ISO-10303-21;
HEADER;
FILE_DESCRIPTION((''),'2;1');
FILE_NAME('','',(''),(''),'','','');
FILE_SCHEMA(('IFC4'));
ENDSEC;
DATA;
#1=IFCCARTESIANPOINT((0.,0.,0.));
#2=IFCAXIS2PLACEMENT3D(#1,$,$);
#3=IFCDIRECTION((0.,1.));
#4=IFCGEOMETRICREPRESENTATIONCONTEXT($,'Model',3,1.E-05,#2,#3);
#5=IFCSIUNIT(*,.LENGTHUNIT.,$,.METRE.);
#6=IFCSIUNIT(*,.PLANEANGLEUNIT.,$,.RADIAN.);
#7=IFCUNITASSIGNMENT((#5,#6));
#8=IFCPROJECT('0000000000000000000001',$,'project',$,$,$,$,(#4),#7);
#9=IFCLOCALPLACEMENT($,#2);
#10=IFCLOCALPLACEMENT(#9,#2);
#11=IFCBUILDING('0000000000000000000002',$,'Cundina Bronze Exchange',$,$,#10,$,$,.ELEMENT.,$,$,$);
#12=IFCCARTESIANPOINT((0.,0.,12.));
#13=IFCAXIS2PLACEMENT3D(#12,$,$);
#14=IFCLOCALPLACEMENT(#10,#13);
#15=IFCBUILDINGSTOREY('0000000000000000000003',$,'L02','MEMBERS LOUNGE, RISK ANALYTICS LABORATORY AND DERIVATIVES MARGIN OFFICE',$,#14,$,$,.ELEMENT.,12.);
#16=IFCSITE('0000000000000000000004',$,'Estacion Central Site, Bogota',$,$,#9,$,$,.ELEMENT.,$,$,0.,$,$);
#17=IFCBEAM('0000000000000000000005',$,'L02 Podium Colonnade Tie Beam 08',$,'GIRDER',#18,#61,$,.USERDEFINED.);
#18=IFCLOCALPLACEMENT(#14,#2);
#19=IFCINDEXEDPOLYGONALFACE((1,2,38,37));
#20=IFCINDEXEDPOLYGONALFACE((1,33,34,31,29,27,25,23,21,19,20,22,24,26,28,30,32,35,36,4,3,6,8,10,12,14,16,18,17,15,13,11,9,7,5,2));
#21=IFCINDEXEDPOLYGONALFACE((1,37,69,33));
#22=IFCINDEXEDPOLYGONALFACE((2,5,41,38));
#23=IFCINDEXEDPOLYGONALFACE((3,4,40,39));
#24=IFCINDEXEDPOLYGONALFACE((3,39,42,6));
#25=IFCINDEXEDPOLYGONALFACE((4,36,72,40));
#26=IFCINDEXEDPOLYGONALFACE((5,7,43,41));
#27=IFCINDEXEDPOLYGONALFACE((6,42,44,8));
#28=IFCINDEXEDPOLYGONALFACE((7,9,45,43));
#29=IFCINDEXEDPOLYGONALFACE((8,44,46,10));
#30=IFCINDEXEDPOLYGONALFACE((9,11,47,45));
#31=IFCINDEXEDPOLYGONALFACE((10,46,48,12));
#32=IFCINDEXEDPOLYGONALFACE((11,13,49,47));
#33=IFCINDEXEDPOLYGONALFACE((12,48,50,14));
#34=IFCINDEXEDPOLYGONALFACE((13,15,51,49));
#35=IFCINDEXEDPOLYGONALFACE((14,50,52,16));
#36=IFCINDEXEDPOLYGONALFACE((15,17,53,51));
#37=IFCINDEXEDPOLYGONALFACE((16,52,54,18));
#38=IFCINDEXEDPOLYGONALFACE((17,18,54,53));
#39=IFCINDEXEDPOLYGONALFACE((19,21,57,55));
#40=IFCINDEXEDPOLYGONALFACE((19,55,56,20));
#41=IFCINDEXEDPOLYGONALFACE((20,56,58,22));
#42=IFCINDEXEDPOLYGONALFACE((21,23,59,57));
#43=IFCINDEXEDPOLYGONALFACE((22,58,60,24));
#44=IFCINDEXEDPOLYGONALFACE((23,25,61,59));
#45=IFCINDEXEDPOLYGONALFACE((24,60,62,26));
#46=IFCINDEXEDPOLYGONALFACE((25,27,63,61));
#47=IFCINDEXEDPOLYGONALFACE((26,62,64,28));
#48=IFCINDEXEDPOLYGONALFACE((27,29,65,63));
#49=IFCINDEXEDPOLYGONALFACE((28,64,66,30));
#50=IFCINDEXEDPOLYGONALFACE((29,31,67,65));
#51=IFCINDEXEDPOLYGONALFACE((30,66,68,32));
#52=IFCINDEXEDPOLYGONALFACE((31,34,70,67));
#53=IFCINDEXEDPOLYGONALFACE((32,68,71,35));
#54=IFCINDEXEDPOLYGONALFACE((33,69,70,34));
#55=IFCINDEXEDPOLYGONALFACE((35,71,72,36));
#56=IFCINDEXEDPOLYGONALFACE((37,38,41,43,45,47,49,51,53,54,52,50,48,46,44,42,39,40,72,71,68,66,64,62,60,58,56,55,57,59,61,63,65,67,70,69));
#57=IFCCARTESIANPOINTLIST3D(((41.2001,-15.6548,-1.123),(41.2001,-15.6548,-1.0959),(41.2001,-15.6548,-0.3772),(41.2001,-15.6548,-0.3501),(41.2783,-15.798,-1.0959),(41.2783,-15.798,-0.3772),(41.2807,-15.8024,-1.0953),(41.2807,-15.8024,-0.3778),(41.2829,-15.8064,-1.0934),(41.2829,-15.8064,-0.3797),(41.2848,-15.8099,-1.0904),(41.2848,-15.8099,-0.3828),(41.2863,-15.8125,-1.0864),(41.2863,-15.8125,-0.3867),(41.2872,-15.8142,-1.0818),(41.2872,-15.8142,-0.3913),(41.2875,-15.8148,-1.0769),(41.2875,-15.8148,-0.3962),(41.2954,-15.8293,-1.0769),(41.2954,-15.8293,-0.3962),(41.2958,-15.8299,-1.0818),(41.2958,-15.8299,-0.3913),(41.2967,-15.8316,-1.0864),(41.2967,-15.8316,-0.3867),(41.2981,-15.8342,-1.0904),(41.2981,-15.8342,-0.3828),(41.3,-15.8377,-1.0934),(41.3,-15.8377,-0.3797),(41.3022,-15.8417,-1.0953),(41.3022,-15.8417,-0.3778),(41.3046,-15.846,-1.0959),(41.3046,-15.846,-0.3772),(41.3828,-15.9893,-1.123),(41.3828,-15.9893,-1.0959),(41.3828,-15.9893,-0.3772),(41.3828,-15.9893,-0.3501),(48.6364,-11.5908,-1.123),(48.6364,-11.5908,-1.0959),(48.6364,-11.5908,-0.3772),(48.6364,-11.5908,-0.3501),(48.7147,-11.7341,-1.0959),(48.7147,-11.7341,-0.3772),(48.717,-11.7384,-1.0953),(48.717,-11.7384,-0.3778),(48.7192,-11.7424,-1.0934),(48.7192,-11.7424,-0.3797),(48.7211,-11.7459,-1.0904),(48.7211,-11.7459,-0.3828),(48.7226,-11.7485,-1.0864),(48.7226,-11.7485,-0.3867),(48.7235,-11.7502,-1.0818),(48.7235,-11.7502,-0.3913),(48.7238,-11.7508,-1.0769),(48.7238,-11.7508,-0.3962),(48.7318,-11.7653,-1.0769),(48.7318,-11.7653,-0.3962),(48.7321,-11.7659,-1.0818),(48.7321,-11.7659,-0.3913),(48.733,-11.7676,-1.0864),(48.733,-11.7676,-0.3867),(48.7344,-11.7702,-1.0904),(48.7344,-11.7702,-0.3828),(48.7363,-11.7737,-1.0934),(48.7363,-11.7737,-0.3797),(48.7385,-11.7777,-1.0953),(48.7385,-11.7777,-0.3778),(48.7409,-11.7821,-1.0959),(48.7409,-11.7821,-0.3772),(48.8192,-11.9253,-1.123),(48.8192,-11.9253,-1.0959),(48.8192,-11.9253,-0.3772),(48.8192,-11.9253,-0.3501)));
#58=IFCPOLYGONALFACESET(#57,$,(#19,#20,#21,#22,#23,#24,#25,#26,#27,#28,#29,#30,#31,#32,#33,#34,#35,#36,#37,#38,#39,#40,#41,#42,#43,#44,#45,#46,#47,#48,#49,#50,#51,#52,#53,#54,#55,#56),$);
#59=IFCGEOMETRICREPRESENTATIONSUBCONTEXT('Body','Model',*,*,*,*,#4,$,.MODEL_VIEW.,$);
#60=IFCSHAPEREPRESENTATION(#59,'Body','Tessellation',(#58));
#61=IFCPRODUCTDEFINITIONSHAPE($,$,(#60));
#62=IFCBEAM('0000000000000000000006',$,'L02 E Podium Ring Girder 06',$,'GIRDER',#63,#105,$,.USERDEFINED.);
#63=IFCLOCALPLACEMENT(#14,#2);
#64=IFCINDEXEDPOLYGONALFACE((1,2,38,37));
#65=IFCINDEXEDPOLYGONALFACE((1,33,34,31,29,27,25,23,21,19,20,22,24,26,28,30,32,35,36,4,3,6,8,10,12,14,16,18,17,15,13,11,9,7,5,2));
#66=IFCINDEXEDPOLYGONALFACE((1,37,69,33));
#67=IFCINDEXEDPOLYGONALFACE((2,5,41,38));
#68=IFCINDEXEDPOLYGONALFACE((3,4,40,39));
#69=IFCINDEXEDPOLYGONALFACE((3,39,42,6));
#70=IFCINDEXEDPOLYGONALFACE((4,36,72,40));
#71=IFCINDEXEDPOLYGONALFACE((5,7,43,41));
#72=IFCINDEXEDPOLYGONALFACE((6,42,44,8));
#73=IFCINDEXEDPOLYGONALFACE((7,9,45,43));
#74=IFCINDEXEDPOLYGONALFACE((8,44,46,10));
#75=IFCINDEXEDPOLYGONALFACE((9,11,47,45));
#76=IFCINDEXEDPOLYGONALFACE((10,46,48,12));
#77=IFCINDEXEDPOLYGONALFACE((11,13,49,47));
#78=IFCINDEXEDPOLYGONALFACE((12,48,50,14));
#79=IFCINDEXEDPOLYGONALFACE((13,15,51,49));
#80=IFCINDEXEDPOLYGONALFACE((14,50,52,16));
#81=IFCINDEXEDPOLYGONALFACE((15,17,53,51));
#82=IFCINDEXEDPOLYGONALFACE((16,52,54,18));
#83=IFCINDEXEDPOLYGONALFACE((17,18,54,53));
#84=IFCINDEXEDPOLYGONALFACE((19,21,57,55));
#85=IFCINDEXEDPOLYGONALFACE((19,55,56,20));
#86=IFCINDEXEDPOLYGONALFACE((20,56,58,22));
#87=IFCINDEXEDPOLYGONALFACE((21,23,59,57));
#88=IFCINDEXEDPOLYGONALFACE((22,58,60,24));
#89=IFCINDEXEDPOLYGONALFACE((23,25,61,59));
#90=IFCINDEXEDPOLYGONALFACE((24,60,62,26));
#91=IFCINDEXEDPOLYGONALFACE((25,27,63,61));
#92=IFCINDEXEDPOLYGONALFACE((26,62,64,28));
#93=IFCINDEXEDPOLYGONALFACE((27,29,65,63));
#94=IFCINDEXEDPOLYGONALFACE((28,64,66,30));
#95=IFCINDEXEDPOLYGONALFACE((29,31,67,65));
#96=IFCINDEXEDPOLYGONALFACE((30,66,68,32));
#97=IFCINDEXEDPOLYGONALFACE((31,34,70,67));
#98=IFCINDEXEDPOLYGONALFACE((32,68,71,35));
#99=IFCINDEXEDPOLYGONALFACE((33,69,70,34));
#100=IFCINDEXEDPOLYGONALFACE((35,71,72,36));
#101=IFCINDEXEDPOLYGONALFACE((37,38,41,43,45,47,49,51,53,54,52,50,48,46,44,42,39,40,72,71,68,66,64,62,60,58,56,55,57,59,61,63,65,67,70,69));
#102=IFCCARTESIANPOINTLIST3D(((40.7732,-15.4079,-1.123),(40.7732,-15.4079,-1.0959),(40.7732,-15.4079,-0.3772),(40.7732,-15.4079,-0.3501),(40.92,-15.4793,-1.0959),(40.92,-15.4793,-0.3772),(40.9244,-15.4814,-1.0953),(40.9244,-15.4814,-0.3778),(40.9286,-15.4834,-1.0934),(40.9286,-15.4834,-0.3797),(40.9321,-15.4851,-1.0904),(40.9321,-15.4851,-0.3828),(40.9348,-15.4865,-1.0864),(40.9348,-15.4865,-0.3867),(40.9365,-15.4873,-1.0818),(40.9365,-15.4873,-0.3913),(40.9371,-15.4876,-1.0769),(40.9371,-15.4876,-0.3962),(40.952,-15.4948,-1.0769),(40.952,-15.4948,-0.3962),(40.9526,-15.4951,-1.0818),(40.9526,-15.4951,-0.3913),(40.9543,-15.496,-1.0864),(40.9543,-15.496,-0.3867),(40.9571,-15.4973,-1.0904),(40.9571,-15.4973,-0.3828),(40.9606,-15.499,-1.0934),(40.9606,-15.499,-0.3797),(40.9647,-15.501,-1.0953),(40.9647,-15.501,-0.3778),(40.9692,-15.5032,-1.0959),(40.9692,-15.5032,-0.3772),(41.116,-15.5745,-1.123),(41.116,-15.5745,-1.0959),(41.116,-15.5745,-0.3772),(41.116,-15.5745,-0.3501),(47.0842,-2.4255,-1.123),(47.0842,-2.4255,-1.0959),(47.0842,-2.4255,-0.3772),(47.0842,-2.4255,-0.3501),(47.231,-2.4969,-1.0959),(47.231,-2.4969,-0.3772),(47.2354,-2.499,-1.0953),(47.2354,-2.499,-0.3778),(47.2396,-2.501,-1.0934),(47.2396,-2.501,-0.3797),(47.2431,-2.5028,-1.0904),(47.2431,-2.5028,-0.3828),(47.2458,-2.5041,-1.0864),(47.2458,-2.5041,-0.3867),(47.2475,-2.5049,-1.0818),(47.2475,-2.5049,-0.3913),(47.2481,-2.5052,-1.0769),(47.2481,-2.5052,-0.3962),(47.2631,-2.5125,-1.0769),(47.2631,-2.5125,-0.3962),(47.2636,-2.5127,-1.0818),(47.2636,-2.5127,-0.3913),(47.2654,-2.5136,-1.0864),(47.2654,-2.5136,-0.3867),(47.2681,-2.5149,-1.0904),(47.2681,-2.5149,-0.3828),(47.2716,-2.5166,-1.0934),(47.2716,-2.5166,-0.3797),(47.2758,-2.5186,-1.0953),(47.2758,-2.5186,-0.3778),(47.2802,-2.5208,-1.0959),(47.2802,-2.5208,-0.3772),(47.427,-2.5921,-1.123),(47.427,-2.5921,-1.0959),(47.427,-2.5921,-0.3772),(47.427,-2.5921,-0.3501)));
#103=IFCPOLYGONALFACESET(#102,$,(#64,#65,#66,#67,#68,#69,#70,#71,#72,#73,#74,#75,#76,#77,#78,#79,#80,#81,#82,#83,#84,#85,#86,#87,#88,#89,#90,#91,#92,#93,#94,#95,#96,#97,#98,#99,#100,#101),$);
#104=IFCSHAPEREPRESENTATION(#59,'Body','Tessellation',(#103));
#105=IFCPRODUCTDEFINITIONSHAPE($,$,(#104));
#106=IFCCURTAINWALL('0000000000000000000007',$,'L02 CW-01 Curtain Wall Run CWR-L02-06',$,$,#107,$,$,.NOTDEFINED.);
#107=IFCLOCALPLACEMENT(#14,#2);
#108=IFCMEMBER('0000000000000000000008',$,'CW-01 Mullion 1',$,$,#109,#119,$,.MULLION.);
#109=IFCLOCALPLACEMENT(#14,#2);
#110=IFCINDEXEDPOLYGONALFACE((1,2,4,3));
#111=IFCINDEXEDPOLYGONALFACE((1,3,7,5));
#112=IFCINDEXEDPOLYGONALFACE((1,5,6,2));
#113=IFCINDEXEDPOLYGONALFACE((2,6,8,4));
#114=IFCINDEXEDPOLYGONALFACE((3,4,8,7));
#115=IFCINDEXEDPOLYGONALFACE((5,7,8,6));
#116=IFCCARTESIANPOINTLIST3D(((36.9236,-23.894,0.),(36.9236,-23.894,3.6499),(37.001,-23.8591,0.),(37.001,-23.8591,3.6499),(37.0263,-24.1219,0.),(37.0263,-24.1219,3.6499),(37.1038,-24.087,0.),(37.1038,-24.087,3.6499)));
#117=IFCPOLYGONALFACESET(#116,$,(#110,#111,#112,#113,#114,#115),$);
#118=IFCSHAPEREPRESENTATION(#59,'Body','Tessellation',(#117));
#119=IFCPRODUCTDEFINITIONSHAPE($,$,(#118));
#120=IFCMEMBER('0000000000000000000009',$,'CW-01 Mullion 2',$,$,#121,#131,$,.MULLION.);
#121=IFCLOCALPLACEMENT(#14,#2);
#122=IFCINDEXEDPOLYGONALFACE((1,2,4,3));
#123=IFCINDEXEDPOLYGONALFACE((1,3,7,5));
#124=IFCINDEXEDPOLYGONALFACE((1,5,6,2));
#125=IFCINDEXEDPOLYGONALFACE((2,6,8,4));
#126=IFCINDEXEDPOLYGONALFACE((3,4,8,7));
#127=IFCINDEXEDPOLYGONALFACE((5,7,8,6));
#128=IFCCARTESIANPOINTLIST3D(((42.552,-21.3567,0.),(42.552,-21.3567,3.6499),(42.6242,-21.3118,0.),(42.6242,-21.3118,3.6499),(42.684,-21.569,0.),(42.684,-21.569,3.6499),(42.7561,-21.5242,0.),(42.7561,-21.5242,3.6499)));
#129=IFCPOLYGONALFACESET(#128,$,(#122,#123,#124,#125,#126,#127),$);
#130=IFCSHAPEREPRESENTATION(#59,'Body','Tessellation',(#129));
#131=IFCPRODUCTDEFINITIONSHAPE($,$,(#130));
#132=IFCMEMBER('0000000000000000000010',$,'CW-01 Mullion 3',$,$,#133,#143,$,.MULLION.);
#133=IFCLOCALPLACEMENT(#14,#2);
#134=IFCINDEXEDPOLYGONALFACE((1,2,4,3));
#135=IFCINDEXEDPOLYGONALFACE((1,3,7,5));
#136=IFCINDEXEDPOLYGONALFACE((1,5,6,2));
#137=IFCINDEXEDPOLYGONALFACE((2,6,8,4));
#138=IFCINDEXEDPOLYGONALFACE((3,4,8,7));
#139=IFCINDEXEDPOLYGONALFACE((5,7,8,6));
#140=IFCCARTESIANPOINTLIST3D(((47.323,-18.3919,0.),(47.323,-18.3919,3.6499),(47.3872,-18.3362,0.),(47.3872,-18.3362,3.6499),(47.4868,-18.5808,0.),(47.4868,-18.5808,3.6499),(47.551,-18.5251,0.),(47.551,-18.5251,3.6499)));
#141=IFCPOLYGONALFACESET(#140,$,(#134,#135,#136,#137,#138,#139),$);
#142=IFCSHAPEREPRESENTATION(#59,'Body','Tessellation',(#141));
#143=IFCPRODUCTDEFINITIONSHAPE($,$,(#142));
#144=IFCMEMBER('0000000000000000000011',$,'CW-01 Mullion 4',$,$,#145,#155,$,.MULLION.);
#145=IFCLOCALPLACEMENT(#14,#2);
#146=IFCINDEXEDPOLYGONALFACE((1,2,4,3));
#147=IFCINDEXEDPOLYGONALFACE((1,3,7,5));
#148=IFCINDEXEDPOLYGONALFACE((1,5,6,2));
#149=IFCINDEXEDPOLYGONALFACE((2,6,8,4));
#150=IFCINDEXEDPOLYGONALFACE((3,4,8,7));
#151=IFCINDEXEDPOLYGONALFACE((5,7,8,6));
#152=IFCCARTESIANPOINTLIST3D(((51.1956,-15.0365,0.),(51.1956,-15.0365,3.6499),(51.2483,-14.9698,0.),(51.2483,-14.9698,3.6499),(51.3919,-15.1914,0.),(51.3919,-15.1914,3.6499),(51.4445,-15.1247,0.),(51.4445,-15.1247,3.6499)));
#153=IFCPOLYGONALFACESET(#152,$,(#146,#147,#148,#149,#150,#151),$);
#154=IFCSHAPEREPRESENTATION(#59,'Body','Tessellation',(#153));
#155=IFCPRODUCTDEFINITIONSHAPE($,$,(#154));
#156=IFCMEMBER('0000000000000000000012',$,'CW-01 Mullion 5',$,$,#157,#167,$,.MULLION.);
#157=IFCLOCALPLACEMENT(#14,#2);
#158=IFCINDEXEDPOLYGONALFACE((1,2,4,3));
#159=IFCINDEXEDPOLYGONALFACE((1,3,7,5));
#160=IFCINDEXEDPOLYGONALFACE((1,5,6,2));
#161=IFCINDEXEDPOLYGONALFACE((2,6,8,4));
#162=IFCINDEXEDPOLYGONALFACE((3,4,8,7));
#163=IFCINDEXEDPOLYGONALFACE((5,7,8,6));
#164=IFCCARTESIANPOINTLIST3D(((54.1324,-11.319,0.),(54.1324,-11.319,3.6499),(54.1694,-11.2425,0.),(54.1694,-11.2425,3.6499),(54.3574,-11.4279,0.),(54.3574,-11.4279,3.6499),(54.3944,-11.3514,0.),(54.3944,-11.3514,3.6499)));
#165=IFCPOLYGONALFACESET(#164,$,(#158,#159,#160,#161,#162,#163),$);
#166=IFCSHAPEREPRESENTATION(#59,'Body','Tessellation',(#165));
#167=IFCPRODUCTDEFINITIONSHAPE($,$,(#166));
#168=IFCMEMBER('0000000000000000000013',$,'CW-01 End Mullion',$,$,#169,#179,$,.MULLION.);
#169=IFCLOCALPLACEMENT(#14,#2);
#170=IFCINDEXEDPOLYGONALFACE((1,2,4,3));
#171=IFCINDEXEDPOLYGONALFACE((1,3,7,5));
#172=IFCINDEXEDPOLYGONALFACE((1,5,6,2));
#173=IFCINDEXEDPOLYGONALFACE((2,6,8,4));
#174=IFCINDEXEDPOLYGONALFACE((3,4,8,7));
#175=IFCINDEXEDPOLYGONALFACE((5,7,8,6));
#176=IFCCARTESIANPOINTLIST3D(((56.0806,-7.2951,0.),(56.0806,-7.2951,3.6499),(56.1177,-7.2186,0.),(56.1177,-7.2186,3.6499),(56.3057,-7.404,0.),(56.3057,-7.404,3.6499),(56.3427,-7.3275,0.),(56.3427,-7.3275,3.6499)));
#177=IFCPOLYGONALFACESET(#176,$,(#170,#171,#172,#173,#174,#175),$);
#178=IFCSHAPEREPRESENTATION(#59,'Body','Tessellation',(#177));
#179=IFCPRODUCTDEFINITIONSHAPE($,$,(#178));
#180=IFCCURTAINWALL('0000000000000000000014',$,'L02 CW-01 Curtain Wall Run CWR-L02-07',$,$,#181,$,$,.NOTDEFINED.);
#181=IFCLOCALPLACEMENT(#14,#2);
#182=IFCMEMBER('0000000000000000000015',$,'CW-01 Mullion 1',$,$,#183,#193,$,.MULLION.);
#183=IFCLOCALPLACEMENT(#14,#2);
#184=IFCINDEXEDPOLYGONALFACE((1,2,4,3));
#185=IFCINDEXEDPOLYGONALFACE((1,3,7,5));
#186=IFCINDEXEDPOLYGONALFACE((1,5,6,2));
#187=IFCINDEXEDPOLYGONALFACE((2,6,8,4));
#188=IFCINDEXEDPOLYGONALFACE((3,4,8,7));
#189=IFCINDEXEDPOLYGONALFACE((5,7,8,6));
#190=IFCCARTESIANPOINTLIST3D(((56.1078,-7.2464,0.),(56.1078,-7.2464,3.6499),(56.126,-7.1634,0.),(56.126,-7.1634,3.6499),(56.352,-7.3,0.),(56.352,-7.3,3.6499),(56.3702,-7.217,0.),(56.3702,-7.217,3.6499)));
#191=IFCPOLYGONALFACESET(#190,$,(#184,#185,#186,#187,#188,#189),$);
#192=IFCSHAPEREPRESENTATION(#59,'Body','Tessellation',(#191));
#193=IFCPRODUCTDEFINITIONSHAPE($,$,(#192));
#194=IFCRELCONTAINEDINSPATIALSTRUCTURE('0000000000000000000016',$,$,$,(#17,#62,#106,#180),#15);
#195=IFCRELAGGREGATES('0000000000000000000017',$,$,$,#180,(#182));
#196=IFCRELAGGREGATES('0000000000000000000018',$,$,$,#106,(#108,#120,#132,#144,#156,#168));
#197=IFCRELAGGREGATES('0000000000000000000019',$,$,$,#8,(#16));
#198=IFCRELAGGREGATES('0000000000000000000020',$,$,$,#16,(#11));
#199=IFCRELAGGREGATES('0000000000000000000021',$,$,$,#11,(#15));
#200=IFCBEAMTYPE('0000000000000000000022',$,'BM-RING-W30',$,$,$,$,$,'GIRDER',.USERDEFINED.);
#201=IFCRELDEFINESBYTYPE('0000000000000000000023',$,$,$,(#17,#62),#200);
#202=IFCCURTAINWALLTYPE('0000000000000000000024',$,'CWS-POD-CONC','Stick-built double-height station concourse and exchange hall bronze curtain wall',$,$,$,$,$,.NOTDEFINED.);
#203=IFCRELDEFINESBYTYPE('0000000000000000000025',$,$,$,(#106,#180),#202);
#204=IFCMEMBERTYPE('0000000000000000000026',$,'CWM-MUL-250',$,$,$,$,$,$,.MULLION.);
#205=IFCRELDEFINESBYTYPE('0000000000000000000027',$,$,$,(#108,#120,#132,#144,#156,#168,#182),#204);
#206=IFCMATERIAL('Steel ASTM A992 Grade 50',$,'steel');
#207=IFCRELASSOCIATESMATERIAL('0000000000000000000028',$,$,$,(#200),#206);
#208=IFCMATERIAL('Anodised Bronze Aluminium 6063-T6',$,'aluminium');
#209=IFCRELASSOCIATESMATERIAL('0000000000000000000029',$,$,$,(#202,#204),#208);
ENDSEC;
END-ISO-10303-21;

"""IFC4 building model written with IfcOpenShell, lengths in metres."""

from ifc_helpers import new_model, si_unit, direction, frame, origin, origin_2d, place, context, subcontext, project, spatial, rectangle, i_section, extrude, material, material_profile, profile_set, type_object, element, aggregate, save


model = new_model("IFC4")

# Units and contexts
model_context = context("Model", 3, precision=1e-05, world=origin(), true_north=direction((0.0, 1.0)))
body_context = subcontext(model_context, "Body", "Model", "MODEL_VIEW")
ifc_project = project(units=[si_unit("LENGTHUNIT", "METRE"), si_unit("PLANEANGLEUNIT", "RADIAN")], contexts=[model_context])

# Site, building, storey
site_placement = place(None, origin())
site = spatial("IfcSite", under=ifc_project, at=site_placement, Name="Estacion Central Site, Bogota", CompositionType="ELEMENT", RefElevation=0.0)
building_placement = place(site_placement, origin())
building = spatial("IfcBuilding", under=site, at=building_placement, Name="Cundina Bronze Exchange", CompositionType="ELEMENT")
storey_placement = place(building_placement, frame((0.0, 0.0, 12.0)))
storey = spatial("IfcBuildingStorey", under=building, at=storey_placement, Name="L02", Description="MEMBERS LOUNGE, RISK ANALYTICS LABORATORY AND DERIVATIVES MARGIN OFFICE", CompositionType="ELEMENT", Elevation=12.0)

# Beams
ifc_material_1 = material(Name="Steel ASTM A992 Grade 50", Category="steel")
ifc_material_profile_1 = material_profile(ifc_material_1, i_section(OverallWidth=0.3811, OverallDepth=0.7729, WebThickness=0.0166, FlangeThickness=0.0271, FilletRadius=0.019, at=origin_2d()), Name="W30X173", Category="steel")
ifc_profile_set_1 = profile_set([ifc_material_profile_1], Name="Steel ASTM A992 Grade 50")
beam_type_1 = type_object("IfcBeamType", Name="BM-RING-W30", ElementType="GIRDER", PredefinedType="USERDEFINED", material=ifc_profile_set_1)
beam_1_placement = place(storey_placement, frame((48.7278, -11.7581, -0.7366), z_axis=(-0.877508, -0.479562, 0.0), x_axis=(0.479562, -0.877508, 0.0)))
element("IfcBeam", 1, at=beam_1_placement, inside=storey, type_object=beam_type_1, Name="L02 Podium Colonnade Tie Beam 08", ObjectType="GIRDER", PredefinedType="USERDEFINED", context=body_context, shape_type="SweptSolid", body=[
    extrude(i_section(OverallWidth=0.3811, OverallDepth=0.7729, WebThickness=0.0166, FlangeThickness=0.0271, FilletRadius=0.019, at=origin_2d()), origin(), (0.0, 0.0, 1.0), 8.4744),
])
beam_2_placement = place(storey_placement, frame((40.9446, -15.4912, -0.7366), z_axis=(0.4372, 0.899364, 0.0), x_axis=(-0.899364, 0.4372, 0.0)))
element("IfcBeam", 2, at=beam_2_placement, inside=storey, type_object=beam_type_1, Name="L02 E Podium Ring Girder 06", ObjectType="GIRDER", PredefinedType="USERDEFINED", context=body_context, shape_type="SweptSolid", body=[
    extrude(i_section(OverallWidth=0.3811, OverallDepth=0.7729, WebThickness=0.0166, FlangeThickness=0.0271, FilletRadius=0.019, at=origin_2d()), origin(), (0.0, 0.0, 1.0), 14.4351),
])

# Curtain wall, members
ifc_material_2 = material(Name="Anodised Bronze Aluminium 6063-T6", Category="aluminium")
curtain_wall_type = type_object("IfcCurtainWallType", Name="CWS-POD-CONC", Description="Stick-built double-height station concourse and exchange hall bronze curtain wall", PredefinedType="NOTDEFINED", material=ifc_material_2)
curtain_wall_1_placement = place(storey_placement, origin())
curtain_wall_1 = element("IfcCurtainWall", 3, at=curtain_wall_1_placement, inside=storey, type_object=curtain_wall_type, Name="L02 CW-01 Curtain Wall Run CWR-L02-06", PredefinedType="NOTDEFINED")
ifc_material_profile_2 = material_profile(ifc_material_2, rectangle(XDim=0.085, YDim=0.25, at=origin_2d()), Name="AL85X250", Category="aluminium")
ifc_profile_set_2 = profile_set([ifc_material_profile_2], Name="Anodised Bronze Aluminium 6063-T6")
member_type_1 = type_object("IfcMemberType", Name="CWM-MUL-250", PredefinedType="MULLION", material=ifc_profile_set_2)
member_1_placement = place(storey_placement, frame((37.0137, -23.9905, 0.0), z_axis=(0.0, 0.0, 1.0), x_axis=(0.911619, 0.411037, 0.0)))
member_1 = element("IfcMember", 4, at=member_1_placement, type_object=member_type_1, Name="CW-01 Mullion 1", PredefinedType="MULLION", context=body_context, shape_type="SweptSolid", body=[
    extrude(rectangle(XDim=0.085, YDim=0.25, at=origin_2d()), origin(), (0.0, 0.0, 1.0), 3.6499),
])
member_2_placement = place(storey_placement, frame((42.6541, -21.4404, 0.0), z_axis=(0.0, 0.0, 1.0), x_axis=(0.84934, 0.527846, 0.0)))
member_2 = element("IfcMember", 5, at=member_2_placement, type_object=member_type_1, Name="CW-01 Mullion 2", PredefinedType="MULLION", context=body_context, shape_type="SweptSolid", body=[
    extrude(rectangle(XDim=0.085, YDim=0.25, at=origin_2d()), origin(), (0.0, 0.0, 1.0), 3.6499),
])
member_3_placement = place(storey_placement, frame((47.437, -18.4585, 0.0), z_axis=(0.0, 0.0, 1.0), x_axis=(0.755511, 0.655136, 0.0)))
member_3 = element("IfcMember", 6, at=member_3_placement, type_object=member_type_1, Name="CW-01 Mullion 3", PredefinedType="MULLION", context=body_context, shape_type="SweptSolid", body=[
    extrude(rectangle(XDim=0.085, YDim=0.25, at=origin_2d()), origin(), (0.0, 0.0, 1.0), 3.6499),
])
member_4_placement = place(storey_placement, frame((51.3201, -15.0806, 0.0), z_axis=(0.0, 0.0, 1.0), x_axis=(0.619505, 0.784993, 0.0)))
member_4 = element("IfcMember", 7, at=member_4_placement, type_object=member_type_1, Name="CW-01 Mullion 4", PredefinedType="MULLION", context=body_context, shape_type="SweptSolid", body=[
    extrude(rectangle(XDim=0.085, YDim=0.25, at=origin_2d()), origin(), (0.0, 0.0, 1.0), 3.6499),
])
member_5_placement = place(storey_placement, frame((54.2634, -11.3352, 0.0), z_axis=(0.0, 0.0, 1.0), x_axis=(0.435702, 0.900091, 0.0)))
member_5 = element("IfcMember", 8, at=member_5_placement, type_object=member_type_1, Name="CW-01 Mullion 5", PredefinedType="MULLION", context=body_context, shape_type="SweptSolid", body=[
    extrude(rectangle(XDim=0.085, YDim=0.25, at=origin_2d()), origin(), (0.0, 0.0, 1.0), 3.6499),
])
member_6_placement = place(storey_placement, frame((56.2117, -7.3113, 0.0), z_axis=(0.0, 0.0, 1.0), x_axis=(0.435702, 0.900091, 0.0)))
member_6 = element("IfcMember", 9, at=member_6_placement, type_object=member_type_1, Name="CW-01 End Mullion", PredefinedType="MULLION", context=body_context, shape_type="SweptSolid", body=[
    extrude(rectangle(XDim=0.085, YDim=0.25, at=origin_2d()), origin(), (0.0, 0.0, 1.0), 3.6499),
])

# Curtain wall, member
curtain_wall_2_placement = place(storey_placement, origin())
curtain_wall_2 = element("IfcCurtainWall", 10, at=curtain_wall_2_placement, inside=storey, type_object=curtain_wall_type, Name="L02 CW-01 Curtain Wall Run CWR-L02-07", PredefinedType="NOTDEFINED")
member_7_placement = place(storey_placement, frame((56.239, -7.2317, 0.0), z_axis=(0.0, 0.0, 1.0), x_axis=(0.214565, 0.97671, 0.0)))
member_7 = element("IfcMember", 11, at=member_7_placement, type_object=member_type_1, Name="CW-01 Mullion 1", PredefinedType="MULLION", context=body_context, shape_type="SweptSolid", body=[
    extrude(rectangle(XDim=0.085, YDim=0.25, at=origin_2d()), origin(), (0.0, 0.0, 1.0), 3.6499),
])

aggregate(curtain_wall_2, [member_7])
aggregate(curtain_wall_1, [member_1, member_2, member_3, member_4, member_5, member_6])

save(model, "model.ifc")
